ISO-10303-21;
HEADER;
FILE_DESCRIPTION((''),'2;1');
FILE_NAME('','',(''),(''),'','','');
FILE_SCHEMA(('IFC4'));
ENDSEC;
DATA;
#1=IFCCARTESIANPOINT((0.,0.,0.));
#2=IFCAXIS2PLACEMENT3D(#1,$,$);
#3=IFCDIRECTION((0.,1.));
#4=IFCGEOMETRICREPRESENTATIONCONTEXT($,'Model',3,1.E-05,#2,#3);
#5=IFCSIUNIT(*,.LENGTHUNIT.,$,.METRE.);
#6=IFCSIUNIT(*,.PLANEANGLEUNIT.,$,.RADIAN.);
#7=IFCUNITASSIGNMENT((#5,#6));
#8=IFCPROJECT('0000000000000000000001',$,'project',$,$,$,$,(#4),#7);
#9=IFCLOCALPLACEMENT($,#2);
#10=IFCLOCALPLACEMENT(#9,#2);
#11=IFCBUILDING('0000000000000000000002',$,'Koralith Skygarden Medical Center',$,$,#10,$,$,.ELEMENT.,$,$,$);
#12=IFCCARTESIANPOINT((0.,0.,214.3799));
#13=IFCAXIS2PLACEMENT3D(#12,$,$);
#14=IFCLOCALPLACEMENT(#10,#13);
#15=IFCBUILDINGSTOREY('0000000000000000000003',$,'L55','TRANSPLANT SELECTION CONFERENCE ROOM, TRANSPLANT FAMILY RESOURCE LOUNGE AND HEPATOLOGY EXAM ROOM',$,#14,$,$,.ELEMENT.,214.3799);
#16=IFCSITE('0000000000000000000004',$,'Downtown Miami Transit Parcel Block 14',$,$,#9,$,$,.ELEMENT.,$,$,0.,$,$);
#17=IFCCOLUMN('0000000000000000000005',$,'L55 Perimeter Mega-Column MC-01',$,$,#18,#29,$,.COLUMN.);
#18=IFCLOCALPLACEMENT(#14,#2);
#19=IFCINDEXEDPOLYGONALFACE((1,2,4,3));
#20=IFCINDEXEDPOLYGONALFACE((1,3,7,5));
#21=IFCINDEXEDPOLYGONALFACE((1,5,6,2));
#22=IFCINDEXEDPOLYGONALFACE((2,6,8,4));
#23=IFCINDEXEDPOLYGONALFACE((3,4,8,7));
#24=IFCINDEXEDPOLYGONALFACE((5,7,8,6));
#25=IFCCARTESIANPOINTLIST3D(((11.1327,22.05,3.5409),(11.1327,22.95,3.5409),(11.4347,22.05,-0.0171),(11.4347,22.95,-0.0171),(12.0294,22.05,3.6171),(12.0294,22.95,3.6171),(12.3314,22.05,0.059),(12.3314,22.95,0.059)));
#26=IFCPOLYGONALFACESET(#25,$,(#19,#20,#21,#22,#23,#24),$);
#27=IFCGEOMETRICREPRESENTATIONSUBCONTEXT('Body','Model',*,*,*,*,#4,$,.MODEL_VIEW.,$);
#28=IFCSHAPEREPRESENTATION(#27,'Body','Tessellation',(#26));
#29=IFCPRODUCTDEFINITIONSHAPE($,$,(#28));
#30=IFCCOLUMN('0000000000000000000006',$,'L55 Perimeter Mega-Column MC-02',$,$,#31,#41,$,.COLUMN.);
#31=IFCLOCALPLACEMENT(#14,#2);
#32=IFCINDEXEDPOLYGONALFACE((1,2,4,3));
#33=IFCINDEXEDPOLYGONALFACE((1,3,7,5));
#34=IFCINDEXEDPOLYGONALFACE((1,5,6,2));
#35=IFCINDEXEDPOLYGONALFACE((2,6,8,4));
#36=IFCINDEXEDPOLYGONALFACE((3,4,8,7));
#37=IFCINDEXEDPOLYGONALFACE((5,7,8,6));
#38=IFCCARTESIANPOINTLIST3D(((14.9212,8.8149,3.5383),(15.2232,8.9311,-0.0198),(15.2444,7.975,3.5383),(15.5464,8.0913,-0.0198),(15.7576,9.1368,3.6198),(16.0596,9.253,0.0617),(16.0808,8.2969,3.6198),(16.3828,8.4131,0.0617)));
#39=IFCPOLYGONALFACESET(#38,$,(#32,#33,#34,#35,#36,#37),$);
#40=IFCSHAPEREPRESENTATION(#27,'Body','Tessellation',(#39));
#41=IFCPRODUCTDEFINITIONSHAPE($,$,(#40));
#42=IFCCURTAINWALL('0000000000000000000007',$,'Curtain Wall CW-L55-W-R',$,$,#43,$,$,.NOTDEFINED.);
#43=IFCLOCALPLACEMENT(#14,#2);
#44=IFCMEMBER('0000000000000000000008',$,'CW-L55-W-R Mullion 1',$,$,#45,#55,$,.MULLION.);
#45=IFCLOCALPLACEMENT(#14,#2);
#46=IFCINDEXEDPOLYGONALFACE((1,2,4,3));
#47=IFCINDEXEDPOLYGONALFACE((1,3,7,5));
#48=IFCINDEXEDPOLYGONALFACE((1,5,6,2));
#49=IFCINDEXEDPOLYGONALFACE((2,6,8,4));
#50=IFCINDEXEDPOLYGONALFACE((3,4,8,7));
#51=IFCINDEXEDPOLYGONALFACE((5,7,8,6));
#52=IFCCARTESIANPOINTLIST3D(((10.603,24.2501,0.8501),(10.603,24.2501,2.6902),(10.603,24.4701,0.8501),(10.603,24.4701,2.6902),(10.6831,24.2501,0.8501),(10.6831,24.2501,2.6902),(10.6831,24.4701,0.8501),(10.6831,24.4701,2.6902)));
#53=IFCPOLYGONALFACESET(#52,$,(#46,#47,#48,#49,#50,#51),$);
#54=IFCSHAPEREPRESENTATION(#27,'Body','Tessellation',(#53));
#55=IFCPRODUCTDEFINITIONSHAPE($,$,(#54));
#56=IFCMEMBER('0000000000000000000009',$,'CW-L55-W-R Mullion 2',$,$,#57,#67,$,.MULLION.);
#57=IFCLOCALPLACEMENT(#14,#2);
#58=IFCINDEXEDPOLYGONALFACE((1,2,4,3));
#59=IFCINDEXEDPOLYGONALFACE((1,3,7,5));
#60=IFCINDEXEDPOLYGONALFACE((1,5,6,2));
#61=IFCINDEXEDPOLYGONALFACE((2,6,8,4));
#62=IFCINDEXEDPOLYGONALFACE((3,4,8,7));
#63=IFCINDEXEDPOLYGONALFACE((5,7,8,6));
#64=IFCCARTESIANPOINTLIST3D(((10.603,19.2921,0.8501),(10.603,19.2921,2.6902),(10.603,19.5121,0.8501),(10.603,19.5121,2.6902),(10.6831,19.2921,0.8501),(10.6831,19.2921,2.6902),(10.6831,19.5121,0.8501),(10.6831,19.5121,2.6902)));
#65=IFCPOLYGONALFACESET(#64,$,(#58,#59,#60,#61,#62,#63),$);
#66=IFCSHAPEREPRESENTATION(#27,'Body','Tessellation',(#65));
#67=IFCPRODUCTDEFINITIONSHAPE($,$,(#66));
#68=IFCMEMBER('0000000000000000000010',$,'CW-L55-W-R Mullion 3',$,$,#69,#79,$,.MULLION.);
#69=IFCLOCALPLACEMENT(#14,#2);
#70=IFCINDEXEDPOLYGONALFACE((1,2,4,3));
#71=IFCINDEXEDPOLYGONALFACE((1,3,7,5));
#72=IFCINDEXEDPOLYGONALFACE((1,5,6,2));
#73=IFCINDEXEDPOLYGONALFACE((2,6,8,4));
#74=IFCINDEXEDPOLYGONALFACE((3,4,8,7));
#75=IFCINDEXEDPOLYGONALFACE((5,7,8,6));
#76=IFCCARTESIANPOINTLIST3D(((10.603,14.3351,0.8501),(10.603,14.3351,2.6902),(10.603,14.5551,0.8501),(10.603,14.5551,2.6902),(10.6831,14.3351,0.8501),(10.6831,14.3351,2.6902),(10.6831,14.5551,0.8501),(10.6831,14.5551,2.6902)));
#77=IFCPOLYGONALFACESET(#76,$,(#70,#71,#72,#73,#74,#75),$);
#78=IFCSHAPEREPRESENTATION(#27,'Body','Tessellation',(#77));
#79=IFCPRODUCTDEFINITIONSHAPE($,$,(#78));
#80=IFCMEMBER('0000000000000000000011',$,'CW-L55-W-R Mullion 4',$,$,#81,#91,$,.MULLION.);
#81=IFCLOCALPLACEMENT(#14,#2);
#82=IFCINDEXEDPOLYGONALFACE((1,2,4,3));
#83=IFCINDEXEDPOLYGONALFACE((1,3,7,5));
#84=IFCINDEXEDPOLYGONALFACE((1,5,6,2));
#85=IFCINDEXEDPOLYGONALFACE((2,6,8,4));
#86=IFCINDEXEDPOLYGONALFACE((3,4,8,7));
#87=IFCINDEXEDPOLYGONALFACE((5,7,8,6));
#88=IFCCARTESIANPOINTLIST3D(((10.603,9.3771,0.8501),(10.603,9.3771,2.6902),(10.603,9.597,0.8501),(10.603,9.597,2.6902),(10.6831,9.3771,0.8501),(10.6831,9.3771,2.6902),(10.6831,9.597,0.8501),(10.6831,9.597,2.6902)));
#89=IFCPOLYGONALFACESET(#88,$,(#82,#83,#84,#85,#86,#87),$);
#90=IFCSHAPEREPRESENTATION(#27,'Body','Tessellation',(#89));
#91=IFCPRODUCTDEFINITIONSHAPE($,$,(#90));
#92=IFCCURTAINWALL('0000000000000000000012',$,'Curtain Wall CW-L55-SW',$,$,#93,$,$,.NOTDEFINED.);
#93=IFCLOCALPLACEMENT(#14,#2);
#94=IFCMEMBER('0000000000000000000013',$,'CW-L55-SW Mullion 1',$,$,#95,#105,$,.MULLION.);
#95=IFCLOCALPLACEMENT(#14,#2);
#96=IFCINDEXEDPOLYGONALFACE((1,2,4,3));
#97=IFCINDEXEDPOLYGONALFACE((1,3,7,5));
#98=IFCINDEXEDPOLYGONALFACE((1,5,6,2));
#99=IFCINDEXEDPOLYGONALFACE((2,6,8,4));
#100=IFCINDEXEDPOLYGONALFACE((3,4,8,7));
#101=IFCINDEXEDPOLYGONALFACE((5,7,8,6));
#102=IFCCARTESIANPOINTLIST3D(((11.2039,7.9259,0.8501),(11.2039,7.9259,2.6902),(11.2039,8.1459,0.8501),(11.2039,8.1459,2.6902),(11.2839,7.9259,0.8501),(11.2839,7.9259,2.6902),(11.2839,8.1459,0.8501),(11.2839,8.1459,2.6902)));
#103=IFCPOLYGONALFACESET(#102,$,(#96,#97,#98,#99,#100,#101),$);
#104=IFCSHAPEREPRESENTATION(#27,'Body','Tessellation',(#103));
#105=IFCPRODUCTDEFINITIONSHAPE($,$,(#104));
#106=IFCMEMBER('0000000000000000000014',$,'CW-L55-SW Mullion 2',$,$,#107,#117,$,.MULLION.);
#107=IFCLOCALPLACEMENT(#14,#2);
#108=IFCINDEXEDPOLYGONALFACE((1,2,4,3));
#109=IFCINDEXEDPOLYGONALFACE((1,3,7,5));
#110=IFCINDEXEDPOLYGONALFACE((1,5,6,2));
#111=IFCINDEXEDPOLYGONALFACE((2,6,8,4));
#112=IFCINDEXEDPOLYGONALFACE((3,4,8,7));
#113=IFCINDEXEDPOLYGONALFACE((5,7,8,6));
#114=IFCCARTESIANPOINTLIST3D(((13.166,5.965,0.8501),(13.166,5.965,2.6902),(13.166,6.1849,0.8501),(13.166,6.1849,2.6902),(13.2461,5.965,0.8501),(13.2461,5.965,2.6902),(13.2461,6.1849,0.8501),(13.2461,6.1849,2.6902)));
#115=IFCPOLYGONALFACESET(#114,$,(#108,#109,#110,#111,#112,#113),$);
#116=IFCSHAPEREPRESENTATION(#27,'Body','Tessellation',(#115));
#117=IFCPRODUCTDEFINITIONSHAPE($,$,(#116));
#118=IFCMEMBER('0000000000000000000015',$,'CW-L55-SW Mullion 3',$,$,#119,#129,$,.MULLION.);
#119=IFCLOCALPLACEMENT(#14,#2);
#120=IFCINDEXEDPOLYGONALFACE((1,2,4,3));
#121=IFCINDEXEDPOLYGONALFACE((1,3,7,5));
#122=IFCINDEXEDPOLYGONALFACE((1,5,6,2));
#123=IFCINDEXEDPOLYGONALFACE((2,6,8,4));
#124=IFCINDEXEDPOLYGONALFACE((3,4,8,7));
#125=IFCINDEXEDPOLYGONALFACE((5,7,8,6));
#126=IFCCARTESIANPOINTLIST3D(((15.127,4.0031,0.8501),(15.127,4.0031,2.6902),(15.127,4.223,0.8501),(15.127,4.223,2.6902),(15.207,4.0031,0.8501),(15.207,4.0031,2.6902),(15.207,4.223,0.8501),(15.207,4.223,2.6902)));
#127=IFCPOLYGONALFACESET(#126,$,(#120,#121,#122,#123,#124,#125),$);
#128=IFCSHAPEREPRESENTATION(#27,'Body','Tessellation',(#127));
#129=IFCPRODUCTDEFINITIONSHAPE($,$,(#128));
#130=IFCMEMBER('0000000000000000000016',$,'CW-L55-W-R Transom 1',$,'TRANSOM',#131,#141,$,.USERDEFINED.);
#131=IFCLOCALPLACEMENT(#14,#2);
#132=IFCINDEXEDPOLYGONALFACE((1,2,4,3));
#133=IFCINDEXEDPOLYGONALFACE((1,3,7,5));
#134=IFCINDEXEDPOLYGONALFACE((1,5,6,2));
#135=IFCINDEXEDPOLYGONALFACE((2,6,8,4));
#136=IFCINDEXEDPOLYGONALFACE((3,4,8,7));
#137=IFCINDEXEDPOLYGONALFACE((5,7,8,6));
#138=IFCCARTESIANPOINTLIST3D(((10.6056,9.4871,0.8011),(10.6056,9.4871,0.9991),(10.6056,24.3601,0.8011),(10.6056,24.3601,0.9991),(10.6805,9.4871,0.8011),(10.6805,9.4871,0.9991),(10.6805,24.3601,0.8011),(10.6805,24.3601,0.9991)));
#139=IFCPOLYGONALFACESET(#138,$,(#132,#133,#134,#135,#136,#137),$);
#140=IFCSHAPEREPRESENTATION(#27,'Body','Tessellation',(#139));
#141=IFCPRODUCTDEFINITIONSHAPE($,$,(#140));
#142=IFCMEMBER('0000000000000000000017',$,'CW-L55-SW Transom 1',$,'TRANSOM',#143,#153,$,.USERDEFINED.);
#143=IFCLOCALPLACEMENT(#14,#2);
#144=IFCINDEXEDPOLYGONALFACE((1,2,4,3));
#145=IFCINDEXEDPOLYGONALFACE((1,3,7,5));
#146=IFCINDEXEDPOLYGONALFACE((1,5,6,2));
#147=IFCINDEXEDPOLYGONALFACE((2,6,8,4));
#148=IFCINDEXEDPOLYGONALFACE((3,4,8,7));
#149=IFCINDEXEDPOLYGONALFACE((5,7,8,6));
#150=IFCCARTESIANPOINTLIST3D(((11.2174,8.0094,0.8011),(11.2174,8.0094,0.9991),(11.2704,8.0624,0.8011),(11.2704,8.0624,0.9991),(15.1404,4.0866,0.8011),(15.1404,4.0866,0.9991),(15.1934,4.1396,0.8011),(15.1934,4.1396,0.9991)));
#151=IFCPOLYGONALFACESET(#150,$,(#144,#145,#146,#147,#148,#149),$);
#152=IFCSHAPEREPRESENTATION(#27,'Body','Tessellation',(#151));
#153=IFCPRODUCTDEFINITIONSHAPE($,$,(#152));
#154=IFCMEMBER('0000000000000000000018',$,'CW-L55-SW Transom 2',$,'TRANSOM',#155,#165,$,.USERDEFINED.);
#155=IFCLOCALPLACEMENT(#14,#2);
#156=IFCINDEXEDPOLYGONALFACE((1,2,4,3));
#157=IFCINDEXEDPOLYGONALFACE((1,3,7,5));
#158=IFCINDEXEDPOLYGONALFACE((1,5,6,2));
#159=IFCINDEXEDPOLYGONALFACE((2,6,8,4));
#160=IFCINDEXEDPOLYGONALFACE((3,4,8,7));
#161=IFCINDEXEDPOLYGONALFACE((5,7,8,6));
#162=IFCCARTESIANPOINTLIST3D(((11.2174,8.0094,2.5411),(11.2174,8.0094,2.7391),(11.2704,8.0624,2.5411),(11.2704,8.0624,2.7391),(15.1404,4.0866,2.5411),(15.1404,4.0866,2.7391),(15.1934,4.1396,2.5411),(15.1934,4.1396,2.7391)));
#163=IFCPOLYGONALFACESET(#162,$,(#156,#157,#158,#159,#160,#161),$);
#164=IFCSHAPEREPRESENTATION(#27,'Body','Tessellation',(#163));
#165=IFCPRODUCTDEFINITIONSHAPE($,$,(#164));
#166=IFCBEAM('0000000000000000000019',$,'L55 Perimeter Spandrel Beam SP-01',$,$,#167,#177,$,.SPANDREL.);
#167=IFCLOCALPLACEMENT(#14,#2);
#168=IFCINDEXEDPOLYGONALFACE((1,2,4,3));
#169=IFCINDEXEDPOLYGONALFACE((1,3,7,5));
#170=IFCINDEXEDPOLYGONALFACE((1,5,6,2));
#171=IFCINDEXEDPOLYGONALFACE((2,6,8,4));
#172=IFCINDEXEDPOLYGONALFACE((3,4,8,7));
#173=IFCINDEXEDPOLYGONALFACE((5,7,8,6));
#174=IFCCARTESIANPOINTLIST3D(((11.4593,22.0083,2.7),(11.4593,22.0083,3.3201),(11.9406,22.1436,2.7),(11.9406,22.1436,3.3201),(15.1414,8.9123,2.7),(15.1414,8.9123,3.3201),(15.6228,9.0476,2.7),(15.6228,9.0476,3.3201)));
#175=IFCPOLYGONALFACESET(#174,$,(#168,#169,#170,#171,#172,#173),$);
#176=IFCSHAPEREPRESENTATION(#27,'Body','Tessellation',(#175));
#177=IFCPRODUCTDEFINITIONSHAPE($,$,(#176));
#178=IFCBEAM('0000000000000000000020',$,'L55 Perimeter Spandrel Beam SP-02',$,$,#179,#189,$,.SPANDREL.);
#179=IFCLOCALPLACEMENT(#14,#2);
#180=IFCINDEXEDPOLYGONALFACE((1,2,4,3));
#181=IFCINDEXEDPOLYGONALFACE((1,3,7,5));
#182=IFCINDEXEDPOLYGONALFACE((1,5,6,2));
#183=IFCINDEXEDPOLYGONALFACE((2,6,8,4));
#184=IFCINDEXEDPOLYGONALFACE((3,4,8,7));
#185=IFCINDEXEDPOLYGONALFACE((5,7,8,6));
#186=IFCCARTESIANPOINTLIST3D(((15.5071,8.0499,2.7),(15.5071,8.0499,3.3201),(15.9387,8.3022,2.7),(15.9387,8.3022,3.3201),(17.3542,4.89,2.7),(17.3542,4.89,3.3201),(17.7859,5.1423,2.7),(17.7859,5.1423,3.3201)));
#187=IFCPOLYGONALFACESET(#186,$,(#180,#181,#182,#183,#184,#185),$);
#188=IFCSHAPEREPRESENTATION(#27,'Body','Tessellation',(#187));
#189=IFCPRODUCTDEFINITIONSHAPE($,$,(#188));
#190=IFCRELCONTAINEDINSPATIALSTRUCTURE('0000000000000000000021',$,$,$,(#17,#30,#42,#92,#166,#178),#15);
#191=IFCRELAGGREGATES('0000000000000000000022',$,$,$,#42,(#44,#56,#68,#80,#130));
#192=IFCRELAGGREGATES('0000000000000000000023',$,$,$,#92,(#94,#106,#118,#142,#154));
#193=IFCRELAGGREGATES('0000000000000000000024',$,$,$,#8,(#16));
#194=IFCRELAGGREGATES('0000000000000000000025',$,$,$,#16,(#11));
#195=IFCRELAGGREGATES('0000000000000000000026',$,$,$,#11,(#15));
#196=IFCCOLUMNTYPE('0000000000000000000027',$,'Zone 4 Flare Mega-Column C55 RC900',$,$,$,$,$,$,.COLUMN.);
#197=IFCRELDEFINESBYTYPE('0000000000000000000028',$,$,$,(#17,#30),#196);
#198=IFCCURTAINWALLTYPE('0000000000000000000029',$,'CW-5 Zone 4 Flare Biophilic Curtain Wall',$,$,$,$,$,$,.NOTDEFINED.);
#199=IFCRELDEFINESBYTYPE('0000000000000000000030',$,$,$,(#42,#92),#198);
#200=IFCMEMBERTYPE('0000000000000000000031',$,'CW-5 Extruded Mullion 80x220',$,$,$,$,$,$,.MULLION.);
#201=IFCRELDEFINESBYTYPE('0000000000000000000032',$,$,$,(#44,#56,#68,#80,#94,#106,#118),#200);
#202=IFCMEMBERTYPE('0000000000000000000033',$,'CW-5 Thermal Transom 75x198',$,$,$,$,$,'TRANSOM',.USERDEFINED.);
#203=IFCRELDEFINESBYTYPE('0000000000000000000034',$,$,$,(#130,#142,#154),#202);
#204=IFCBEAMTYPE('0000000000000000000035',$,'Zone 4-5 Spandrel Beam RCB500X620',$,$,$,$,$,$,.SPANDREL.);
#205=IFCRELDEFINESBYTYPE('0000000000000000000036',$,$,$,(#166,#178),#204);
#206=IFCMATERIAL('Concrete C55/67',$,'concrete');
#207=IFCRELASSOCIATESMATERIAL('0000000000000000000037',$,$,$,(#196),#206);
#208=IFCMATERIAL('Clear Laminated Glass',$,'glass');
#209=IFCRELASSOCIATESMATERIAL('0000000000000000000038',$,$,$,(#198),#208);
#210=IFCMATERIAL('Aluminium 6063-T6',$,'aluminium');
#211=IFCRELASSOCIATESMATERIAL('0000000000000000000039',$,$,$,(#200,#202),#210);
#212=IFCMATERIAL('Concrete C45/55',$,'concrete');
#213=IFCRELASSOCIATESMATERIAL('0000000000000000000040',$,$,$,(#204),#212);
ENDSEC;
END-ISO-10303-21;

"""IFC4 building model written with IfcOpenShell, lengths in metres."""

from ifc_helpers import new_model, si_unit, direction, frame, origin, origin_2d, place, context, subcontext, project, spatial, rectangle, extrude, material, material_profile, profile_set, type_object, element, aggregate, save


model = new_model("IFC4")

# Units and contexts
model_context = context("Model", 3, precision=1e-05, world=origin(), true_north=direction((0.0, 1.0)))
body_context = subcontext(model_context, "Body", "Model", "MODEL_VIEW")
ifc_project = project(units=[si_unit("LENGTHUNIT", "METRE"), si_unit("PLANEANGLEUNIT", "RADIAN")], contexts=[model_context])

# Site, building, storey
site_placement = place(None, origin())
site = spatial("IfcSite", under=ifc_project, at=site_placement, Name="Downtown Miami Transit Parcel Block 14", CompositionType="ELEMENT", RefElevation=0.0)
building_placement = place(site_placement, origin())
building = spatial("IfcBuilding", under=site, at=building_placement, Name="Koralith Skygarden Medical Center", CompositionType="ELEMENT")
storey_placement = place(building_placement, frame((0.0, 0.0, 214.3799)))
storey = spatial("IfcBuildingStorey", under=building, at=storey_placement, Name="L55", Description="TRANSPLANT SELECTION CONFERENCE ROOM, TRANSPLANT FAMILY RESOURCE LOUNGE AND HEPATOLOGY EXAM ROOM", CompositionType="ELEMENT", Elevation=214.3799)

# Columns
ifc_material_1 = material(Name="Concrete C55/67", Category="concrete")
ifc_material_profile_1 = material_profile(ifc_material_1, rectangle(XDim=0.8999, YDim=0.8999, at=origin_2d()), Name="RC900X900")
ifc_profile_set_1 = profile_set([ifc_material_profile_1], Name="Concrete C55/67")
column_type = type_object("IfcColumnType", Name="Zone 4 Flare Mega-Column C55 RC900", PredefinedType="COLUMN", material=ifc_profile_set_1)
column_1_placement = place(storey_placement, frame((11.8831, 22.5, 0.021), z_axis=(-0.084573, 0.0, 0.996417), x_axis=(0.0, -1.0, 0.0)))
element("IfcColumn", 1, at=column_1_placement, inside=storey, type_object=column_type, Name="L55 Perimeter Mega-Column MC-01", PredefinedType="COLUMN", context=body_context, shape_type="SweptSolid", body=[
    extrude(rectangle(XDim=0.8999, YDim=0.8999, at=origin_2d()), origin(), (0.0, 0.0, 1.0), 3.5708),
])
column_2_placement = place(storey_placement, frame((15.803, 8.6721, 0.021), z_axis=(-0.084528, -0.032527, 0.99589), x_axis=(0.359131, -0.933287, 0.0)))
element("IfcColumn", 2, at=column_2_placement, inside=storey, type_object=column_type, Name="L55 Perimeter Mega-Column MC-02", PredefinedType="COLUMN", context=body_context, shape_type="SweptSolid", body=[
    extrude(rectangle(XDim=0.8999, YDim=0.8999, at=origin_2d()), origin(), (0.0, 0.0, 1.0), 3.5728),
])

# Curtain walls, members
ifc_material_2 = material(Name="Clear Laminated Glass", Category="glass")
curtain_wall_type = type_object("IfcCurtainWallType", Name="CW-5 Zone 4 Flare Biophilic Curtain Wall", PredefinedType="NOTDEFINED", material=ifc_material_2)
curtain_wall_1_placement = place(storey_placement, origin())
curtain_wall_1 = element("IfcCurtainWall", 3, at=curtain_wall_1_placement, inside=storey, type_object=curtain_wall_type, Name="Curtain Wall CW-L55-W-R", PredefinedType="NOTDEFINED")
ifc_material_3 = material(Name="Aluminium 6063-T6", Category="aluminium")
ifc_material_profile_2 = material_profile(ifc_material_3, rectangle(XDim=0.0801, YDim=0.22, at=origin_2d()), Name="MUL80X220")
ifc_profile_set_2 = profile_set([ifc_material_profile_2], Name="Aluminium 6063-T6")
member_type_1 = type_object("IfcMemberType", Name="CW-5 Extruded Mullion 80x220", PredefinedType="MULLION", material=ifc_profile_set_2)
member_1_placement = place(storey_placement, frame((10.6431, 24.3601, 0.8501), z_axis=(0.0, 0.0, 1.0), x_axis=(1.0, 0.0, 0.0)))
member_1 = element("IfcMember", 4, at=member_1_placement, type_object=member_type_1, Name="CW-L55-W-R Mullion 1", PredefinedType="MULLION", context=body_context, shape_type="SweptSolid", body=[
    extrude(rectangle(XDim=0.0801, YDim=0.22, at=origin_2d()), origin(), (0.0, 0.0, 1.0), 1.8401),
])
member_2_placement = place(storey_placement, frame((10.6431, 19.4021, 0.8501), z_axis=(0.0, 0.0, 1.0), x_axis=(1.0, 0.0, 0.0)))
member_2 = element("IfcMember", 5, at=member_2_placement, type_object=member_type_1, Name="CW-L55-W-R Mullion 2", PredefinedType="MULLION", context=body_context, shape_type="SweptSolid", body=[
    extrude(rectangle(XDim=0.0801, YDim=0.22, at=origin_2d()), origin(), (0.0, 0.0, 1.0), 1.8401),
])
member_3_placement = place(storey_placement, frame((10.6431, 14.4451, 0.8501), z_axis=(0.0, 0.0, 1.0), x_axis=(1.0, 0.0, 0.0)))
member_3 = element("IfcMember", 6, at=member_3_placement, type_object=member_type_1, Name="CW-L55-W-R Mullion 3", PredefinedType="MULLION", context=body_context, shape_type="SweptSolid", body=[
    extrude(rectangle(XDim=0.0801, YDim=0.22, at=origin_2d()), origin(), (0.0, 0.0, 1.0), 1.8401),
])
member_4_placement = place(storey_placement, frame((10.6431, 9.4871, 0.8501), z_axis=(0.0, 0.0, 1.0), x_axis=(1.0, 0.0, 0.0)))
member_4 = element("IfcMember", 7, at=member_4_placement, type_object=member_type_1, Name="CW-L55-W-R Mullion 4", PredefinedType="MULLION", context=body_context, shape_type="SweptSolid", body=[
    extrude(rectangle(XDim=0.0801, YDim=0.22, at=origin_2d()), origin(), (0.0, 0.0, 1.0), 1.8401),
])
curtain_wall_2_placement = place(storey_placement, origin())
curtain_wall_2 = element("IfcCurtainWall", 8, at=curtain_wall_2_placement, inside=storey, type_object=curtain_wall_type, Name="Curtain Wall CW-L55-SW", PredefinedType="NOTDEFINED")
member_5_placement = place(storey_placement, frame((11.2439, 8.0359, 0.8501), z_axis=(0.0, 0.0, 1.0), x_axis=(1.0, 0.0, 0.0)))
member_5 = element("IfcMember", 9, at=member_5_placement, type_object=member_type_1, Name="CW-L55-SW Mullion 1", PredefinedType="MULLION", context=body_context, shape_type="SweptSolid", body=[
    extrude(rectangle(XDim=0.0801, YDim=0.22, at=origin_2d()), origin(), (0.0, 0.0, 1.0), 1.8401),
])
member_6_placement = place(storey_placement, frame((13.2061, 6.075, 0.8501), z_axis=(0.0, 0.0, 1.0), x_axis=(1.0, 0.0, 0.0)))
member_6 = element("IfcMember", 10, at=member_6_placement, type_object=member_type_1, Name="CW-L55-SW Mullion 2", PredefinedType="MULLION", context=body_context, shape_type="SweptSolid", body=[
    extrude(rectangle(XDim=0.0801, YDim=0.22, at=origin_2d()), origin(), (0.0, 0.0, 1.0), 1.8401),
])
member_7_placement = place(storey_placement, frame((15.167, 4.113, 0.8501), z_axis=(0.0, 0.0, 1.0), x_axis=(1.0, 0.0, 0.0)))
member_7 = element("IfcMember", 11, at=member_7_placement, type_object=member_type_1, Name="CW-L55-SW Mullion 3", PredefinedType="MULLION", context=body_context, shape_type="SweptSolid", body=[
    extrude(rectangle(XDim=0.0801, YDim=0.22, at=origin_2d()), origin(), (0.0, 0.0, 1.0), 1.8401),
])

# Members
ifc_material_profile_3 = material_profile(ifc_material_3, rectangle(XDim=0.075, YDim=0.198, at=origin_2d()), Name="TRN75X198")
ifc_profile_set_3 = profile_set([ifc_material_profile_3], Name="Aluminium 6063-T6")
member_type_2 = type_object("IfcMemberType", Name="CW-5 Thermal Transom 75x198", ElementType="TRANSOM", PredefinedType="USERDEFINED", material=ifc_profile_set_3)
member_8_placement = place(storey_placement, frame((10.6431, 24.3601, 0.9001), z_axis=(0.0, -1.0, 0.0), x_axis=(1.0, 0.0, 0.0)))
member_8 = element("IfcMember", 12, at=member_8_placement, type_object=member_type_2, Name="CW-L55-W-R Transom 1", ObjectType="TRANSOM", PredefinedType="USERDEFINED", context=body_context, shape_type="SweptSolid", body=[
    extrude(rectangle(XDim=0.075, YDim=0.198, at=origin_2d()), origin(), (0.0, 0.0, 1.0), 14.873),
])
member_9_placement = place(storey_placement, frame((11.2439, 8.0359, 0.9001), z_axis=(0.707129, -0.707085, 0.0), x_axis=(0.707085, 0.707129, 0.0)))
member_9 = element("IfcMember", 13, at=member_9_placement, type_object=member_type_2, Name="CW-L55-SW Transom 1", ObjectType="TRANSOM", PredefinedType="USERDEFINED", context=body_context, shape_type="SweptSolid", body=[
    extrude(rectangle(XDim=0.075, YDim=0.198, at=origin_2d()), origin(), (0.0, 0.0, 1.0), 5.5479),
])
member_10_placement = place(storey_placement, frame((11.2439, 8.0359, 2.6401), z_axis=(0.707129, -0.707085, 0.0), x_axis=(0.707085, 0.707129, 0.0)))
member_10 = element("IfcMember", 14, at=member_10_placement, type_object=member_type_2, Name="CW-L55-SW Transom 2", ObjectType="TRANSOM", PredefinedType="USERDEFINED", context=body_context, shape_type="SweptSolid", body=[
    extrude(rectangle(XDim=0.075, YDim=0.198, at=origin_2d()), origin(), (0.0, 0.0, 1.0), 5.5479),
])

# Beams
ifc_material_4 = material(Name="Concrete C45/55", Category="concrete")
ifc_material_profile_4 = material_profile(ifc_material_4, rectangle(XDim=0.5, YDim=0.6201, at=origin_2d()), Name="RCB500X620")
ifc_profile_set_4 = profile_set([ifc_material_profile_4], Name="Concrete C45/55")
beam_type = type_object("IfcBeamType", Name="Zone 4-5 Spandrel Beam RCB500X620", PredefinedType="SPANDREL", material=ifc_profile_set_4)
beam_1_placement = place(storey_placement, frame((11.7, 22.0759, 3.01), z_axis=(0.27067, -0.962672, 0.0), x_axis=(0.962672, 0.27067, 0.0)))
element("IfcBeam", 15, at=beam_1_placement, inside=storey, type_object=beam_type, Name="L55 Perimeter Spandrel Beam SP-01", PredefinedType="SPANDREL", context=body_context, shape_type="SweptSolid", body=[
    extrude(rectangle(XDim=0.5, YDim=0.6201, at=origin_2d()), origin(), (0.0, 0.0, 1.0), 13.6038),
])
beam_2_placement = place(storey_placement, frame((15.7229, 8.176, 3.01), z_axis=(0.504663, -0.863316, 0.0), x_axis=(0.863316, 0.504663, 0.0)))
element("IfcBeam", 16, at=beam_2_placement, inside=storey, type_object=beam_type, Name="L55 Perimeter Spandrel Beam SP-02", PredefinedType="SPANDREL", context=body_context, shape_type="SweptSolid", body=[
    extrude(rectangle(XDim=0.5, YDim=0.6201, at=origin_2d()), origin(), (0.0, 0.0, 1.0), 3.6602),
])

aggregate(curtain_wall_1, [member_1, member_2, member_3, member_4, member_8])
aggregate(curtain_wall_2, [member_5, member_6, member_7, member_9, member_10])

save(model, "model.ifc")
